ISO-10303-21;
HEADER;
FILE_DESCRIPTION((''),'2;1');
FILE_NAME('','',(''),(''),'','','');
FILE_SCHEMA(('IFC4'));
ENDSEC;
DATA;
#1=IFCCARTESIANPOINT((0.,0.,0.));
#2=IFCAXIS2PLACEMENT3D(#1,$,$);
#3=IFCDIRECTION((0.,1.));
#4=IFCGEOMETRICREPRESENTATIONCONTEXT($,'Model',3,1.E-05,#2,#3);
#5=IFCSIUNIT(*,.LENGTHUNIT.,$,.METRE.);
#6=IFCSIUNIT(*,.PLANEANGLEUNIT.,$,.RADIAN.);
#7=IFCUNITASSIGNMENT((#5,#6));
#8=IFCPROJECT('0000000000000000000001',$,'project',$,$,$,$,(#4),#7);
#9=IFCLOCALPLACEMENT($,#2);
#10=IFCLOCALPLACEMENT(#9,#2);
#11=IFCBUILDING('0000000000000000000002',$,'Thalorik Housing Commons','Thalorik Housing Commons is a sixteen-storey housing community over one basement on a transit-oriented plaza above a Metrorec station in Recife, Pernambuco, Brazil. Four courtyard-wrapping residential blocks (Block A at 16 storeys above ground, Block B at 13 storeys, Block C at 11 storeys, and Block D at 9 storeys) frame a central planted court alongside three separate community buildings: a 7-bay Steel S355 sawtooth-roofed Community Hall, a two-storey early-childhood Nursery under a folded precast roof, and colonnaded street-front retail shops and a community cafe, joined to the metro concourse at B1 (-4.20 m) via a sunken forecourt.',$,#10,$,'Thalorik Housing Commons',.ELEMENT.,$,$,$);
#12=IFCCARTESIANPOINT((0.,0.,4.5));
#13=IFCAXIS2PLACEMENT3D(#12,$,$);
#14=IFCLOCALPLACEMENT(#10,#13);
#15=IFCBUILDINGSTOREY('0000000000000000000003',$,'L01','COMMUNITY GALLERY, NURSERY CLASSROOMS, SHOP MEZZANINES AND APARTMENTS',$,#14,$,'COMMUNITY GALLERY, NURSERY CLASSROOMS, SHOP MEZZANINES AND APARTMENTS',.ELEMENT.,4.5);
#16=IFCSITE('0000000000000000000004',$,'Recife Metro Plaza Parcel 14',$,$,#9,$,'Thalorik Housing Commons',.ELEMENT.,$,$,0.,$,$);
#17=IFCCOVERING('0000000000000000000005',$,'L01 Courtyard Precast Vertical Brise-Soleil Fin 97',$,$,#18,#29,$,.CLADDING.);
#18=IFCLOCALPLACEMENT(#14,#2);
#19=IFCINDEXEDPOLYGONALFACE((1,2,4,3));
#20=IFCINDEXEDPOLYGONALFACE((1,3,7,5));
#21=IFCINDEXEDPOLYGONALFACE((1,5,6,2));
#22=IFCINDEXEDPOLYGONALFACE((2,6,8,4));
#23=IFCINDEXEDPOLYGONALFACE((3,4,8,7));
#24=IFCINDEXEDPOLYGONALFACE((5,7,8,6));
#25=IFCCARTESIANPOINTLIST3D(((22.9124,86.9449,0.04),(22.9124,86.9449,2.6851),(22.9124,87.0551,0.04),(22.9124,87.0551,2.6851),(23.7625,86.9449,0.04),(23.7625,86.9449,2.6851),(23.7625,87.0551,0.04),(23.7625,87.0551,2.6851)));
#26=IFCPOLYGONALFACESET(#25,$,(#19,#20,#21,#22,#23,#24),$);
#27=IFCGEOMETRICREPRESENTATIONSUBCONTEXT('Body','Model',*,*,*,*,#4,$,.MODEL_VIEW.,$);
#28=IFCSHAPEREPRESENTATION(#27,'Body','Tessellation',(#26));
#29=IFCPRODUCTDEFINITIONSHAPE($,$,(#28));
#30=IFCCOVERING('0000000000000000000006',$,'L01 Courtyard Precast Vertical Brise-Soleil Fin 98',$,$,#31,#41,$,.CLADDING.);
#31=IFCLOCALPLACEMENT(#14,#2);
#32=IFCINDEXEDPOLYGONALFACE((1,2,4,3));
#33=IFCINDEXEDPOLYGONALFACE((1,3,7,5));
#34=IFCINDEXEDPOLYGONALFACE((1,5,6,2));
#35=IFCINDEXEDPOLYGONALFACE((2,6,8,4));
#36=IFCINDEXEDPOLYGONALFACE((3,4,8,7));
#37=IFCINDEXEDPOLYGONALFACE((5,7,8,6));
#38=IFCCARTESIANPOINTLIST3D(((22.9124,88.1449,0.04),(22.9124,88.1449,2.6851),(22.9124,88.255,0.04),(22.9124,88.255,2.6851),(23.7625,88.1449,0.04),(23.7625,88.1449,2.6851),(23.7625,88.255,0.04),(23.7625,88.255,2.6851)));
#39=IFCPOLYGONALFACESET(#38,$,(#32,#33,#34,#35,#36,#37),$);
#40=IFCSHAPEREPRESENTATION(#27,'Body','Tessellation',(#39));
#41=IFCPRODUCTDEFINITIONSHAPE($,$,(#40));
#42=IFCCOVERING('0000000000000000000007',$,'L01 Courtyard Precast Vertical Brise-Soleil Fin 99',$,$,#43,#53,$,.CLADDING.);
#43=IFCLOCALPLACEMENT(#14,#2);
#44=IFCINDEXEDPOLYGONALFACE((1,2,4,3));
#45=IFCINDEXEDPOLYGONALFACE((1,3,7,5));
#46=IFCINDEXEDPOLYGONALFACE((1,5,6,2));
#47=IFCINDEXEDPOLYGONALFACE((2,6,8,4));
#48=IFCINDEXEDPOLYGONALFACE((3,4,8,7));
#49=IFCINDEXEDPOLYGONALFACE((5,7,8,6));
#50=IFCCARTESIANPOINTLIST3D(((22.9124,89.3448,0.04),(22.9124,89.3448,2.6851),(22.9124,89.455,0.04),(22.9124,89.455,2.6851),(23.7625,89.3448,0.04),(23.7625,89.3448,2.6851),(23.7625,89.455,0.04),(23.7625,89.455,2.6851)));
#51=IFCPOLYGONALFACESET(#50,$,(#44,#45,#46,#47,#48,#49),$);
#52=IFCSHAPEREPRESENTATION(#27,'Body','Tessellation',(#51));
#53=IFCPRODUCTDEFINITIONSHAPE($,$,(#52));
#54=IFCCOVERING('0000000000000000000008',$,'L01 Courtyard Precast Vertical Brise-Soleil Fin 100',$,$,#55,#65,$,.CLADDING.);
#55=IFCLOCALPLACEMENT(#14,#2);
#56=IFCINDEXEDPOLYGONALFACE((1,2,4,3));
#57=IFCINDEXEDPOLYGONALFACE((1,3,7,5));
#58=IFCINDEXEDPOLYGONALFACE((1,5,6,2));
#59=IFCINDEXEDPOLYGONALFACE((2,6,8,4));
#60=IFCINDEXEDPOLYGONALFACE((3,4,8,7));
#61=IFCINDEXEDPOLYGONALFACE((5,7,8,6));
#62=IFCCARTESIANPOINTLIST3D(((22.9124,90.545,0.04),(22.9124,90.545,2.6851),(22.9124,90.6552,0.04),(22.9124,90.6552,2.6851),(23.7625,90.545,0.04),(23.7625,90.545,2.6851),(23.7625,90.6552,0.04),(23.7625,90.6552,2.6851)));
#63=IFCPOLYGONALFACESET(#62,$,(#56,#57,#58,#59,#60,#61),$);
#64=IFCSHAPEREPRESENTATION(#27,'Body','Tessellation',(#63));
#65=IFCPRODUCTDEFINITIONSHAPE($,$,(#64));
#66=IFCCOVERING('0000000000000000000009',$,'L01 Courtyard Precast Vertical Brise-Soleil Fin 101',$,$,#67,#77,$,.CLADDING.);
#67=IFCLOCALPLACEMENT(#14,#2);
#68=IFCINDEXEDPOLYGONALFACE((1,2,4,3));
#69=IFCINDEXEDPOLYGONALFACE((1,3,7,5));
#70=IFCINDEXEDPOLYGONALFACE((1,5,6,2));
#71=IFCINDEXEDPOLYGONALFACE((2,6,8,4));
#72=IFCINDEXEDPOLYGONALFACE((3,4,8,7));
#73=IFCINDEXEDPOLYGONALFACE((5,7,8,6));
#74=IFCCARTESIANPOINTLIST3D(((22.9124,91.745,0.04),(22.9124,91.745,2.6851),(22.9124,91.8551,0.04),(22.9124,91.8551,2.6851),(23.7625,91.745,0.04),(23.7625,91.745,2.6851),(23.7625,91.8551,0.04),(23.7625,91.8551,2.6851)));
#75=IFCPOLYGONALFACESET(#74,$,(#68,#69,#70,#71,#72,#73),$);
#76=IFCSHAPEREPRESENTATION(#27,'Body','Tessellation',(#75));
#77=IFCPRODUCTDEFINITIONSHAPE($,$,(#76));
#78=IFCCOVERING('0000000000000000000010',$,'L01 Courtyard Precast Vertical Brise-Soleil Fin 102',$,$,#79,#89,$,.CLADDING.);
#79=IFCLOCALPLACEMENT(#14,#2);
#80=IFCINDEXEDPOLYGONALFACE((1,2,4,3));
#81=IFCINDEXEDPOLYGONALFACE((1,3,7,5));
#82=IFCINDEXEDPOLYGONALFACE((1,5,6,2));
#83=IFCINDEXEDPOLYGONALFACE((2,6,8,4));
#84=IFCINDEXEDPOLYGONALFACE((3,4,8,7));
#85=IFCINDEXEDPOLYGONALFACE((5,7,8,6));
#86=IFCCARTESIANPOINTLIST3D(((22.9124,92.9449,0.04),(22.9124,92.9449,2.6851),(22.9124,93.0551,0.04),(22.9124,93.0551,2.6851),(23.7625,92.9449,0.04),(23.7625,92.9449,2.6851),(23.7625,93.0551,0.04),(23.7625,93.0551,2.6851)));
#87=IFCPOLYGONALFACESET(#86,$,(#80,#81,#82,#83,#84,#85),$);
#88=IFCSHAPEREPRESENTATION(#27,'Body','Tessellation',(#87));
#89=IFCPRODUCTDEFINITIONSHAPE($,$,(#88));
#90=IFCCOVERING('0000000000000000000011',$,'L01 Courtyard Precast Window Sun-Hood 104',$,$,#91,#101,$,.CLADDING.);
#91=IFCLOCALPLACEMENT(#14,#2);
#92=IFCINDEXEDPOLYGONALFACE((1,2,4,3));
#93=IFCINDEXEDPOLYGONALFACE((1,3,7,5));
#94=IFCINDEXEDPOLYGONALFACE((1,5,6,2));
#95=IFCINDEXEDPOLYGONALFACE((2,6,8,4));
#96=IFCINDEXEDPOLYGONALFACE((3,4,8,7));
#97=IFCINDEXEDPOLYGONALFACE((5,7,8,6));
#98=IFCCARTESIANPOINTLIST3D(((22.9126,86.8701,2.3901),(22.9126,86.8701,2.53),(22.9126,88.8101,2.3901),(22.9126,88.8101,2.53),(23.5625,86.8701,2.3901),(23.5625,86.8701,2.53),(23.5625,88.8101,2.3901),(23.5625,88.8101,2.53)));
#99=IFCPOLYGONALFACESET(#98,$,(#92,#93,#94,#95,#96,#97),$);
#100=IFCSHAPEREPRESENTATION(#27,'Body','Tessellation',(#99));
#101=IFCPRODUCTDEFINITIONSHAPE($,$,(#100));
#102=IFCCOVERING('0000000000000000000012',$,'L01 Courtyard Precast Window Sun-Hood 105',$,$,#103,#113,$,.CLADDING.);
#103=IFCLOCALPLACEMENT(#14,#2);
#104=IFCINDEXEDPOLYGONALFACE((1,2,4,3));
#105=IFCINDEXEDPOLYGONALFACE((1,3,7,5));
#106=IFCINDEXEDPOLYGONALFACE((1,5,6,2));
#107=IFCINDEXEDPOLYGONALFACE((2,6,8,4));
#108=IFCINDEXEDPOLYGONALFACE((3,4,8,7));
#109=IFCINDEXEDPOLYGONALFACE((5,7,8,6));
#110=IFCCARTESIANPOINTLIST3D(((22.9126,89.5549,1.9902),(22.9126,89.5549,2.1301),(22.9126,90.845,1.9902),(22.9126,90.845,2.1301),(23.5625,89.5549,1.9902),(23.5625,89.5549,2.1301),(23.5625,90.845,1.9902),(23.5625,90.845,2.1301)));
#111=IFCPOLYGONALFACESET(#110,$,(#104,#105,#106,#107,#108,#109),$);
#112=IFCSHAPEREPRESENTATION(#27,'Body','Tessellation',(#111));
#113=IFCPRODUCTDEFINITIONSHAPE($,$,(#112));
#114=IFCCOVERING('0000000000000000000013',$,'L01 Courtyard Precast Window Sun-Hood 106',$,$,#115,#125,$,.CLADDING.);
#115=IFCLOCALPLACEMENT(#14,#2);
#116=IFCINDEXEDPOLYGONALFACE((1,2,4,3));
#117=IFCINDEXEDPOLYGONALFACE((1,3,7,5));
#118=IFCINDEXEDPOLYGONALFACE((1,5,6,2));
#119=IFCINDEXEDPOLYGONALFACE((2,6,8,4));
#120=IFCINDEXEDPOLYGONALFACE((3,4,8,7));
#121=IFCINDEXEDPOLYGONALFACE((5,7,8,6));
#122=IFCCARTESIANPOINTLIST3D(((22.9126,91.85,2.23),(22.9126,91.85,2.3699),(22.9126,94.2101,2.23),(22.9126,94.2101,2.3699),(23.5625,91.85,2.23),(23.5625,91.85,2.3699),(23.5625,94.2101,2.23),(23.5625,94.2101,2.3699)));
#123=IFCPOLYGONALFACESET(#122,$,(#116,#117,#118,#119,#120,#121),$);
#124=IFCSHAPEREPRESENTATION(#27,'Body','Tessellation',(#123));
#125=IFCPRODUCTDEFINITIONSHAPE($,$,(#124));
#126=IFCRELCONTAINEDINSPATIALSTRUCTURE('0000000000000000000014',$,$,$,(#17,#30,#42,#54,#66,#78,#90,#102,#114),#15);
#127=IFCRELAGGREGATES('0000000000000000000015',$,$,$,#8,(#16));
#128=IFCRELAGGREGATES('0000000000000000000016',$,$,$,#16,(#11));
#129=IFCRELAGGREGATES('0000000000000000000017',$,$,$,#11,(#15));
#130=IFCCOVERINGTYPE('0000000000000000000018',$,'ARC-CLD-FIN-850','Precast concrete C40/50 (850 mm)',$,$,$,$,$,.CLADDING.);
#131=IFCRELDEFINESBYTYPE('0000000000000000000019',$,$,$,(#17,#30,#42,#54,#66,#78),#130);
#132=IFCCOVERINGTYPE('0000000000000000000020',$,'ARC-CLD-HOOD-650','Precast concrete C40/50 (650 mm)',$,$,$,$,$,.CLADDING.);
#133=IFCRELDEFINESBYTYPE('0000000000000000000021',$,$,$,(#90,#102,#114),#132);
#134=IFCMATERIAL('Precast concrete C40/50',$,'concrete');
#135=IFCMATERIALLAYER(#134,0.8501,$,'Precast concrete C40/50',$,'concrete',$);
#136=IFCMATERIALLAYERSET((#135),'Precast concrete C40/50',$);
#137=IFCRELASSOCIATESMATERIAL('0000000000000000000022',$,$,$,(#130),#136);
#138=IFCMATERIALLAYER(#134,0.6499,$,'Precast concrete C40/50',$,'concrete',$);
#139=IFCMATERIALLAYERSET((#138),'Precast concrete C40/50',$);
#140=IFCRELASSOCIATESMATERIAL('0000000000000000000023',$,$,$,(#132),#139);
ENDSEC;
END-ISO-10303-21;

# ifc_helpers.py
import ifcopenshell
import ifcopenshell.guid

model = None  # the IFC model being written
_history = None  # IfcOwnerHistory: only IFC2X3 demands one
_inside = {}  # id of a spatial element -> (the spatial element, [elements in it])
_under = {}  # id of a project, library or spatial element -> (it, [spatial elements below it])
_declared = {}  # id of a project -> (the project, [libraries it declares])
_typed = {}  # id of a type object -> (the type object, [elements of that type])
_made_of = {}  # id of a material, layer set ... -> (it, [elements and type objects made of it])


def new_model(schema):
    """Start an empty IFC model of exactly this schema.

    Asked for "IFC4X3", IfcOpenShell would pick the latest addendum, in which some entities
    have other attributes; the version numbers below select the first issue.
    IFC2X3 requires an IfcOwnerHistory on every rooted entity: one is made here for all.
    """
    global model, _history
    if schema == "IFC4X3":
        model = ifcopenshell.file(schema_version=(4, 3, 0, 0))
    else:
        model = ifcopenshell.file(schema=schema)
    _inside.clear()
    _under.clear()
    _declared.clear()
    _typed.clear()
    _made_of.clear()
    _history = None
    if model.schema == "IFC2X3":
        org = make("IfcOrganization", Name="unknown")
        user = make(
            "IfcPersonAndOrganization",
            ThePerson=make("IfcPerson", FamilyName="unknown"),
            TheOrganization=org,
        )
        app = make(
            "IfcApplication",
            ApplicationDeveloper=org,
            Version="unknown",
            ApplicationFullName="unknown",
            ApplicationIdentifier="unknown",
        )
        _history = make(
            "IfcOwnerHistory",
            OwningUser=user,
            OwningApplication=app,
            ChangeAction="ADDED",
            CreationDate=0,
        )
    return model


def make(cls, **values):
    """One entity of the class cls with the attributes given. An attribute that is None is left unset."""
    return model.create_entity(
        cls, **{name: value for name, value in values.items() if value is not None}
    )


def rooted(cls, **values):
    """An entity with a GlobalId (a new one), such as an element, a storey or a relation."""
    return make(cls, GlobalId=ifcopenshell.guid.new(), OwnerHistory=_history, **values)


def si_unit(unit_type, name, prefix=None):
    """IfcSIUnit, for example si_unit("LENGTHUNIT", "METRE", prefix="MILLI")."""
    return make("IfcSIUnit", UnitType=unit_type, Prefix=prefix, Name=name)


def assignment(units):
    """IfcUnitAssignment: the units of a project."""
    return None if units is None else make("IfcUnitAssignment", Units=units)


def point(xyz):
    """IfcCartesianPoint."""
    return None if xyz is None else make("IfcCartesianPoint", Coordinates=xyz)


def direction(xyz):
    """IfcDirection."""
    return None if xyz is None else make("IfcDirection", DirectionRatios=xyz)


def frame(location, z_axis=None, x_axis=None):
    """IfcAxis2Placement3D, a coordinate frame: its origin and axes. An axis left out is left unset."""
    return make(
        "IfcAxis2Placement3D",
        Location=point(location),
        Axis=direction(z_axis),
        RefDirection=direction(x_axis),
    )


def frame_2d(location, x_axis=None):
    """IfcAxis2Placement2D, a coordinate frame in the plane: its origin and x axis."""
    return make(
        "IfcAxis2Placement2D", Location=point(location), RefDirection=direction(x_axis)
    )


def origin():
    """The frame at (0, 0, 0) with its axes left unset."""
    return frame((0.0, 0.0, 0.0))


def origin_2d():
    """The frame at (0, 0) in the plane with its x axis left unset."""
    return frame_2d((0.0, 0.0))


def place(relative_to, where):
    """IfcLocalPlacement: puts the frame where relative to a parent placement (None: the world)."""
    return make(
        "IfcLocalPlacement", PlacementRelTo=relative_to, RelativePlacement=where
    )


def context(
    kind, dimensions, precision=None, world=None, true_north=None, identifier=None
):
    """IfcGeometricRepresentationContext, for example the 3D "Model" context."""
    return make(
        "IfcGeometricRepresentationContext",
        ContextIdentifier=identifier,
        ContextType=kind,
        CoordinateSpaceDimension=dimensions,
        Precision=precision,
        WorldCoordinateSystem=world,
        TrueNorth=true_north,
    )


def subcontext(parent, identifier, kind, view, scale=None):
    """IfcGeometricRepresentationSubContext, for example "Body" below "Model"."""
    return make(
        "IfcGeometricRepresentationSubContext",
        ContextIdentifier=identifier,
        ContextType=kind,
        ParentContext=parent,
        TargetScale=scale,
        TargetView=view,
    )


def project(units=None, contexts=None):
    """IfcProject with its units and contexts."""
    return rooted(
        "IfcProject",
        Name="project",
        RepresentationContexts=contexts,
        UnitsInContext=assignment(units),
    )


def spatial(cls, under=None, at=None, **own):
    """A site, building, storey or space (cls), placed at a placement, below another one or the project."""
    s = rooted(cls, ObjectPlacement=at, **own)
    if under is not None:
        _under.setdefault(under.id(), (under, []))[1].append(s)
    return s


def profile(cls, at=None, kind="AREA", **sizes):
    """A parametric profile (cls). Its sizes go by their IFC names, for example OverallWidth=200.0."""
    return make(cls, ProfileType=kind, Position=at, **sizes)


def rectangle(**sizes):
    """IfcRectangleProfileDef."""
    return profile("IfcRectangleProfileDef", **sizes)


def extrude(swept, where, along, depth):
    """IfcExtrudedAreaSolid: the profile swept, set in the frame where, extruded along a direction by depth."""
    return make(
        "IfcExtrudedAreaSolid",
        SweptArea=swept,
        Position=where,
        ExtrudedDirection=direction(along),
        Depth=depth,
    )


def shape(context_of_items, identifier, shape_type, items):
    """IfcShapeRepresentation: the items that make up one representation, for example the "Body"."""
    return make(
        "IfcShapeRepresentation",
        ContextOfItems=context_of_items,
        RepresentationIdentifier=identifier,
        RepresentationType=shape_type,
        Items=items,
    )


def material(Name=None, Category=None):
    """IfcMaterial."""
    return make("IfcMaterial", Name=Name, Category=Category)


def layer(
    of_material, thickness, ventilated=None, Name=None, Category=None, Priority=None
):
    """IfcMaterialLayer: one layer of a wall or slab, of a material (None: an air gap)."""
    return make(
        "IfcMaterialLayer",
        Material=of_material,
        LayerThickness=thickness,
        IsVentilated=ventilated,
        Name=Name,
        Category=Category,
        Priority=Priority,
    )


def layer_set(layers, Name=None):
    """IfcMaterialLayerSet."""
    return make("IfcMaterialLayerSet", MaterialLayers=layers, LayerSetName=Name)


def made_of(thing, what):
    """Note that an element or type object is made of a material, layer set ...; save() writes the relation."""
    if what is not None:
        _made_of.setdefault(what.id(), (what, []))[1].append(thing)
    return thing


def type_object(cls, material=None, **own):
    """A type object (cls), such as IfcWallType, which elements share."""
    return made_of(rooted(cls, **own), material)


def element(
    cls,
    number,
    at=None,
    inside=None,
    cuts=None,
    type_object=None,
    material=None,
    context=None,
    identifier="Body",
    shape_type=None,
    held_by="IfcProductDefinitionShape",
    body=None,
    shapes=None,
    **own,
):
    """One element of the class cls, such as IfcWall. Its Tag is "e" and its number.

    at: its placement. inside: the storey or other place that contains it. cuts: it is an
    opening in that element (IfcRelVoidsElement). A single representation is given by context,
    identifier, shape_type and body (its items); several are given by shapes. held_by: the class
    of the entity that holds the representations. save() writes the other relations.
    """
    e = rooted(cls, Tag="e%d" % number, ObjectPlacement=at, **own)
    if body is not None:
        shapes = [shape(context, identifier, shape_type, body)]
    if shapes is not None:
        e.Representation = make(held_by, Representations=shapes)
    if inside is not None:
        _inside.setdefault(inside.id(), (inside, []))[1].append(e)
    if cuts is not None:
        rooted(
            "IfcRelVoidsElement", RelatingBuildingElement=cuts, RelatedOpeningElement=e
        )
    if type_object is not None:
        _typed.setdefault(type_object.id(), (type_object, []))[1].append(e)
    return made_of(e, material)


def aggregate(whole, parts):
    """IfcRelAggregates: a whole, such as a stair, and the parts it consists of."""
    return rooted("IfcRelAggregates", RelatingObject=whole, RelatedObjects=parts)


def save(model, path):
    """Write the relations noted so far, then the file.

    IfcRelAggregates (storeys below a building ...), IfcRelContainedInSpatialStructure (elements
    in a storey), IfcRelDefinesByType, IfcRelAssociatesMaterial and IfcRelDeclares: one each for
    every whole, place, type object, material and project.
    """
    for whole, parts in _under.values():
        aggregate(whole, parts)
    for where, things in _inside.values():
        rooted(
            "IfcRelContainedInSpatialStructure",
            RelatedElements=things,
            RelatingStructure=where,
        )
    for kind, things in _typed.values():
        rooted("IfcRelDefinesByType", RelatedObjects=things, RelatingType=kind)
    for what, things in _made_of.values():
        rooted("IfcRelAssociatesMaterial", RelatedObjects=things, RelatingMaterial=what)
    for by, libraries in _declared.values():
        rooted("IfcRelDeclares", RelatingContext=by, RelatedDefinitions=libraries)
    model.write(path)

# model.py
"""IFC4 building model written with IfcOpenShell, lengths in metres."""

from ifc_helpers import new_model, si_unit, direction, frame, origin, origin_2d, place, context, subcontext, project, spatial, rectangle, extrude, material, layer, layer_set, type_object, element, save


model = new_model("IFC4")

# Units and contexts
model_context = context("Model", 3, precision=1e-05, world=origin(), true_north=direction((0.0, 1.0)))
body_context = subcontext(model_context, "Body", "Model", "MODEL_VIEW")
ifc_project = project(units=[si_unit("LENGTHUNIT", "METRE"), si_unit("PLANEANGLEUNIT", "RADIAN")], contexts=[model_context])

# Site, building, storey
site_placement = place(None, origin())
site = spatial("IfcSite", under=ifc_project, at=site_placement, Name="Recife Metro Plaza Parcel 14", LongName="Thalorik Housing Commons", CompositionType="ELEMENT", RefElevation=0.0)
building_placement = place(site_placement, origin())
building = spatial("IfcBuilding", under=site, at=building_placement, Name="Thalorik Housing Commons", Description="Thalorik Housing Commons is a sixteen-storey housing community over one basement on a transit-oriented plaza above a Metrorec station in Recife, Pernambuco, Brazil. Four courtyard-wrapping residential blocks (Block A at 16 storeys above ground, Block B at 13 storeys, Block C at 11 storeys, and Block D at 9 storeys) frame a central planted court alongside three separate community buildings: a 7-bay Steel S355 sawtooth-roofed Community Hall, a two-storey early-childhood Nursery under a folded precast roof, and colonnaded street-front retail shops and a community cafe, joined to the metro concourse at B1 (-4.20 m) via a sunken forecourt.", LongName="Thalorik Housing Commons", CompositionType="ELEMENT")
storey_placement = place(building_placement, frame((0.0, 0.0, 4.5)))
storey = spatial("IfcBuildingStorey", under=building, at=storey_placement, Name="L01", Description="COMMUNITY GALLERY, NURSERY CLASSROOMS, SHOP MEZZANINES AND APARTMENTS", LongName="COMMUNITY GALLERY, NURSERY CLASSROOMS, SHOP MEZZANINES AND APARTMENTS", CompositionType="ELEMENT", Elevation=4.5)

# Shared definitions
ifc_material_1 = material(Name="Precast concrete C40/50", Category="concrete")

# Coverings
ifc_layer_1 = layer(ifc_material_1, 0.8501, Name="Precast concrete C40/50", Category="concrete")
ifc_layer_set_1 = layer_set([ifc_layer_1], Name="Precast concrete C40/50")
covering_type_1 = type_object("IfcCoveringType", Name="ARC-CLD-FIN-850", Description="Precast concrete C40/50 (850 mm)", PredefinedType="CLADDING", material=ifc_layer_set_1)
for number, where, z_axis, x_axis, name in (
    (1, (23.3374, 87.0, 0.04), (0.0, 0.0, 1.0), (0.0, 1.0, 0.0), "L01 Courtyard Precast Vertical Brise-Soleil Fin 97"),
    (2, (23.3374, 88.2, 0.04), (0.0, 0.0, 1.0), (0.0, 1.0, 0.0), "L01 Courtyard Precast Vertical Brise-Soleil Fin 98"),
    (3, (23.3374, 89.3999, 0.04), (0.0, 0.0, 1.0), (0.0, 1.0, 0.0), "L01 Courtyard Precast Vertical Brise-Soleil Fin 99"),
    (4, (23.3374, 90.6001, 0.04), (0.0, 0.0, 1.0), (0.0, 1.0, 0.0), "L01 Courtyard Precast Vertical Brise-Soleil Fin 100"),
    (5, (23.3374, 91.8, 0.04), (0.0, 0.0, 1.0), (0.0, 1.0, 0.0), "L01 Courtyard Precast Vertical Brise-Soleil Fin 101"),
    (6, (23.3374, 93.0, 0.04), (0.0, 0.0, 1.0), (0.0, 1.0, 0.0), "L01 Courtyard Precast Vertical Brise-Soleil Fin 102"),
):
    element("IfcCovering", number, at=place(storey_placement, frame(where, z_axis=z_axis, x_axis=x_axis)), inside=storey, type_object=covering_type_1, Name=name, PredefinedType="CLADDING", context=body_context, shape_type="SweptSolid", body=[
        extrude(rectangle(XDim=0.1101, YDim=0.8501, at=origin_2d()), origin(), (0.0, 0.0, 1.0), 2.645),
    ])
ifc_layer_2 = layer(ifc_material_1, 0.6499, Name="Precast concrete C40/50", Category="concrete")
ifc_layer_set_2 = layer_set([ifc_layer_2], Name="Precast concrete C40/50")
covering_type_2 = type_object("IfcCoveringType", Name="ARC-CLD-HOOD-650", Description="Precast concrete C40/50 (650 mm)", PredefinedType="CLADDING", material=ifc_layer_set_2)
covering_1_placement = place(storey_placement, frame((23.2375, 87.8401, 2.3901), z_axis=(0.0, 0.0, 1.0), x_axis=(0.0, 1.0, 0.0)))
element("IfcCovering", 7, at=covering_1_placement, inside=storey, type_object=covering_type_2, Name="L01 Courtyard Precast Window Sun-Hood 104", PredefinedType="CLADDING", context=body_context, shape_type="SweptSolid", body=[
    extrude(rectangle(XDim=1.9399, YDim=0.6499, at=origin_2d()), origin(), (0.0, 0.0, 1.0), 0.1399),
])
covering_2_placement = place(storey_placement, frame((23.2375, 90.2, 1.9902), z_axis=(0.0, 0.0, 1.0), x_axis=(0.0, 1.0, 0.0)))
element("IfcCovering", 8, at=covering_2_placement, inside=storey, type_object=covering_type_2, Name="L01 Courtyard Precast Window Sun-Hood 105", PredefinedType="CLADDING", context=body_context, shape_type="SweptSolid", body=[
    extrude(rectangle(XDim=1.29, YDim=0.6499, at=origin_2d()), origin(), (0.0, 0.0, 1.0), 0.1399),
])
covering_3_placement = place(storey_placement, frame((23.2375, 93.03, 2.23), z_axis=(0.0, 0.0, 1.0), x_axis=(0.0, 1.0, 0.0)))
element("IfcCovering", 9, at=covering_3_placement, inside=storey, type_object=covering_type_2, Name="L01 Courtyard Precast Window Sun-Hood 106", PredefinedType="CLADDING", context=body_context, shape_type="SweptSolid", body=[
    extrude(rectangle(XDim=2.3601, YDim=0.6499, at=origin_2d()), origin(), (0.0, 0.0, 1.0), 0.1399),
])

save(model, "model.ifc")
